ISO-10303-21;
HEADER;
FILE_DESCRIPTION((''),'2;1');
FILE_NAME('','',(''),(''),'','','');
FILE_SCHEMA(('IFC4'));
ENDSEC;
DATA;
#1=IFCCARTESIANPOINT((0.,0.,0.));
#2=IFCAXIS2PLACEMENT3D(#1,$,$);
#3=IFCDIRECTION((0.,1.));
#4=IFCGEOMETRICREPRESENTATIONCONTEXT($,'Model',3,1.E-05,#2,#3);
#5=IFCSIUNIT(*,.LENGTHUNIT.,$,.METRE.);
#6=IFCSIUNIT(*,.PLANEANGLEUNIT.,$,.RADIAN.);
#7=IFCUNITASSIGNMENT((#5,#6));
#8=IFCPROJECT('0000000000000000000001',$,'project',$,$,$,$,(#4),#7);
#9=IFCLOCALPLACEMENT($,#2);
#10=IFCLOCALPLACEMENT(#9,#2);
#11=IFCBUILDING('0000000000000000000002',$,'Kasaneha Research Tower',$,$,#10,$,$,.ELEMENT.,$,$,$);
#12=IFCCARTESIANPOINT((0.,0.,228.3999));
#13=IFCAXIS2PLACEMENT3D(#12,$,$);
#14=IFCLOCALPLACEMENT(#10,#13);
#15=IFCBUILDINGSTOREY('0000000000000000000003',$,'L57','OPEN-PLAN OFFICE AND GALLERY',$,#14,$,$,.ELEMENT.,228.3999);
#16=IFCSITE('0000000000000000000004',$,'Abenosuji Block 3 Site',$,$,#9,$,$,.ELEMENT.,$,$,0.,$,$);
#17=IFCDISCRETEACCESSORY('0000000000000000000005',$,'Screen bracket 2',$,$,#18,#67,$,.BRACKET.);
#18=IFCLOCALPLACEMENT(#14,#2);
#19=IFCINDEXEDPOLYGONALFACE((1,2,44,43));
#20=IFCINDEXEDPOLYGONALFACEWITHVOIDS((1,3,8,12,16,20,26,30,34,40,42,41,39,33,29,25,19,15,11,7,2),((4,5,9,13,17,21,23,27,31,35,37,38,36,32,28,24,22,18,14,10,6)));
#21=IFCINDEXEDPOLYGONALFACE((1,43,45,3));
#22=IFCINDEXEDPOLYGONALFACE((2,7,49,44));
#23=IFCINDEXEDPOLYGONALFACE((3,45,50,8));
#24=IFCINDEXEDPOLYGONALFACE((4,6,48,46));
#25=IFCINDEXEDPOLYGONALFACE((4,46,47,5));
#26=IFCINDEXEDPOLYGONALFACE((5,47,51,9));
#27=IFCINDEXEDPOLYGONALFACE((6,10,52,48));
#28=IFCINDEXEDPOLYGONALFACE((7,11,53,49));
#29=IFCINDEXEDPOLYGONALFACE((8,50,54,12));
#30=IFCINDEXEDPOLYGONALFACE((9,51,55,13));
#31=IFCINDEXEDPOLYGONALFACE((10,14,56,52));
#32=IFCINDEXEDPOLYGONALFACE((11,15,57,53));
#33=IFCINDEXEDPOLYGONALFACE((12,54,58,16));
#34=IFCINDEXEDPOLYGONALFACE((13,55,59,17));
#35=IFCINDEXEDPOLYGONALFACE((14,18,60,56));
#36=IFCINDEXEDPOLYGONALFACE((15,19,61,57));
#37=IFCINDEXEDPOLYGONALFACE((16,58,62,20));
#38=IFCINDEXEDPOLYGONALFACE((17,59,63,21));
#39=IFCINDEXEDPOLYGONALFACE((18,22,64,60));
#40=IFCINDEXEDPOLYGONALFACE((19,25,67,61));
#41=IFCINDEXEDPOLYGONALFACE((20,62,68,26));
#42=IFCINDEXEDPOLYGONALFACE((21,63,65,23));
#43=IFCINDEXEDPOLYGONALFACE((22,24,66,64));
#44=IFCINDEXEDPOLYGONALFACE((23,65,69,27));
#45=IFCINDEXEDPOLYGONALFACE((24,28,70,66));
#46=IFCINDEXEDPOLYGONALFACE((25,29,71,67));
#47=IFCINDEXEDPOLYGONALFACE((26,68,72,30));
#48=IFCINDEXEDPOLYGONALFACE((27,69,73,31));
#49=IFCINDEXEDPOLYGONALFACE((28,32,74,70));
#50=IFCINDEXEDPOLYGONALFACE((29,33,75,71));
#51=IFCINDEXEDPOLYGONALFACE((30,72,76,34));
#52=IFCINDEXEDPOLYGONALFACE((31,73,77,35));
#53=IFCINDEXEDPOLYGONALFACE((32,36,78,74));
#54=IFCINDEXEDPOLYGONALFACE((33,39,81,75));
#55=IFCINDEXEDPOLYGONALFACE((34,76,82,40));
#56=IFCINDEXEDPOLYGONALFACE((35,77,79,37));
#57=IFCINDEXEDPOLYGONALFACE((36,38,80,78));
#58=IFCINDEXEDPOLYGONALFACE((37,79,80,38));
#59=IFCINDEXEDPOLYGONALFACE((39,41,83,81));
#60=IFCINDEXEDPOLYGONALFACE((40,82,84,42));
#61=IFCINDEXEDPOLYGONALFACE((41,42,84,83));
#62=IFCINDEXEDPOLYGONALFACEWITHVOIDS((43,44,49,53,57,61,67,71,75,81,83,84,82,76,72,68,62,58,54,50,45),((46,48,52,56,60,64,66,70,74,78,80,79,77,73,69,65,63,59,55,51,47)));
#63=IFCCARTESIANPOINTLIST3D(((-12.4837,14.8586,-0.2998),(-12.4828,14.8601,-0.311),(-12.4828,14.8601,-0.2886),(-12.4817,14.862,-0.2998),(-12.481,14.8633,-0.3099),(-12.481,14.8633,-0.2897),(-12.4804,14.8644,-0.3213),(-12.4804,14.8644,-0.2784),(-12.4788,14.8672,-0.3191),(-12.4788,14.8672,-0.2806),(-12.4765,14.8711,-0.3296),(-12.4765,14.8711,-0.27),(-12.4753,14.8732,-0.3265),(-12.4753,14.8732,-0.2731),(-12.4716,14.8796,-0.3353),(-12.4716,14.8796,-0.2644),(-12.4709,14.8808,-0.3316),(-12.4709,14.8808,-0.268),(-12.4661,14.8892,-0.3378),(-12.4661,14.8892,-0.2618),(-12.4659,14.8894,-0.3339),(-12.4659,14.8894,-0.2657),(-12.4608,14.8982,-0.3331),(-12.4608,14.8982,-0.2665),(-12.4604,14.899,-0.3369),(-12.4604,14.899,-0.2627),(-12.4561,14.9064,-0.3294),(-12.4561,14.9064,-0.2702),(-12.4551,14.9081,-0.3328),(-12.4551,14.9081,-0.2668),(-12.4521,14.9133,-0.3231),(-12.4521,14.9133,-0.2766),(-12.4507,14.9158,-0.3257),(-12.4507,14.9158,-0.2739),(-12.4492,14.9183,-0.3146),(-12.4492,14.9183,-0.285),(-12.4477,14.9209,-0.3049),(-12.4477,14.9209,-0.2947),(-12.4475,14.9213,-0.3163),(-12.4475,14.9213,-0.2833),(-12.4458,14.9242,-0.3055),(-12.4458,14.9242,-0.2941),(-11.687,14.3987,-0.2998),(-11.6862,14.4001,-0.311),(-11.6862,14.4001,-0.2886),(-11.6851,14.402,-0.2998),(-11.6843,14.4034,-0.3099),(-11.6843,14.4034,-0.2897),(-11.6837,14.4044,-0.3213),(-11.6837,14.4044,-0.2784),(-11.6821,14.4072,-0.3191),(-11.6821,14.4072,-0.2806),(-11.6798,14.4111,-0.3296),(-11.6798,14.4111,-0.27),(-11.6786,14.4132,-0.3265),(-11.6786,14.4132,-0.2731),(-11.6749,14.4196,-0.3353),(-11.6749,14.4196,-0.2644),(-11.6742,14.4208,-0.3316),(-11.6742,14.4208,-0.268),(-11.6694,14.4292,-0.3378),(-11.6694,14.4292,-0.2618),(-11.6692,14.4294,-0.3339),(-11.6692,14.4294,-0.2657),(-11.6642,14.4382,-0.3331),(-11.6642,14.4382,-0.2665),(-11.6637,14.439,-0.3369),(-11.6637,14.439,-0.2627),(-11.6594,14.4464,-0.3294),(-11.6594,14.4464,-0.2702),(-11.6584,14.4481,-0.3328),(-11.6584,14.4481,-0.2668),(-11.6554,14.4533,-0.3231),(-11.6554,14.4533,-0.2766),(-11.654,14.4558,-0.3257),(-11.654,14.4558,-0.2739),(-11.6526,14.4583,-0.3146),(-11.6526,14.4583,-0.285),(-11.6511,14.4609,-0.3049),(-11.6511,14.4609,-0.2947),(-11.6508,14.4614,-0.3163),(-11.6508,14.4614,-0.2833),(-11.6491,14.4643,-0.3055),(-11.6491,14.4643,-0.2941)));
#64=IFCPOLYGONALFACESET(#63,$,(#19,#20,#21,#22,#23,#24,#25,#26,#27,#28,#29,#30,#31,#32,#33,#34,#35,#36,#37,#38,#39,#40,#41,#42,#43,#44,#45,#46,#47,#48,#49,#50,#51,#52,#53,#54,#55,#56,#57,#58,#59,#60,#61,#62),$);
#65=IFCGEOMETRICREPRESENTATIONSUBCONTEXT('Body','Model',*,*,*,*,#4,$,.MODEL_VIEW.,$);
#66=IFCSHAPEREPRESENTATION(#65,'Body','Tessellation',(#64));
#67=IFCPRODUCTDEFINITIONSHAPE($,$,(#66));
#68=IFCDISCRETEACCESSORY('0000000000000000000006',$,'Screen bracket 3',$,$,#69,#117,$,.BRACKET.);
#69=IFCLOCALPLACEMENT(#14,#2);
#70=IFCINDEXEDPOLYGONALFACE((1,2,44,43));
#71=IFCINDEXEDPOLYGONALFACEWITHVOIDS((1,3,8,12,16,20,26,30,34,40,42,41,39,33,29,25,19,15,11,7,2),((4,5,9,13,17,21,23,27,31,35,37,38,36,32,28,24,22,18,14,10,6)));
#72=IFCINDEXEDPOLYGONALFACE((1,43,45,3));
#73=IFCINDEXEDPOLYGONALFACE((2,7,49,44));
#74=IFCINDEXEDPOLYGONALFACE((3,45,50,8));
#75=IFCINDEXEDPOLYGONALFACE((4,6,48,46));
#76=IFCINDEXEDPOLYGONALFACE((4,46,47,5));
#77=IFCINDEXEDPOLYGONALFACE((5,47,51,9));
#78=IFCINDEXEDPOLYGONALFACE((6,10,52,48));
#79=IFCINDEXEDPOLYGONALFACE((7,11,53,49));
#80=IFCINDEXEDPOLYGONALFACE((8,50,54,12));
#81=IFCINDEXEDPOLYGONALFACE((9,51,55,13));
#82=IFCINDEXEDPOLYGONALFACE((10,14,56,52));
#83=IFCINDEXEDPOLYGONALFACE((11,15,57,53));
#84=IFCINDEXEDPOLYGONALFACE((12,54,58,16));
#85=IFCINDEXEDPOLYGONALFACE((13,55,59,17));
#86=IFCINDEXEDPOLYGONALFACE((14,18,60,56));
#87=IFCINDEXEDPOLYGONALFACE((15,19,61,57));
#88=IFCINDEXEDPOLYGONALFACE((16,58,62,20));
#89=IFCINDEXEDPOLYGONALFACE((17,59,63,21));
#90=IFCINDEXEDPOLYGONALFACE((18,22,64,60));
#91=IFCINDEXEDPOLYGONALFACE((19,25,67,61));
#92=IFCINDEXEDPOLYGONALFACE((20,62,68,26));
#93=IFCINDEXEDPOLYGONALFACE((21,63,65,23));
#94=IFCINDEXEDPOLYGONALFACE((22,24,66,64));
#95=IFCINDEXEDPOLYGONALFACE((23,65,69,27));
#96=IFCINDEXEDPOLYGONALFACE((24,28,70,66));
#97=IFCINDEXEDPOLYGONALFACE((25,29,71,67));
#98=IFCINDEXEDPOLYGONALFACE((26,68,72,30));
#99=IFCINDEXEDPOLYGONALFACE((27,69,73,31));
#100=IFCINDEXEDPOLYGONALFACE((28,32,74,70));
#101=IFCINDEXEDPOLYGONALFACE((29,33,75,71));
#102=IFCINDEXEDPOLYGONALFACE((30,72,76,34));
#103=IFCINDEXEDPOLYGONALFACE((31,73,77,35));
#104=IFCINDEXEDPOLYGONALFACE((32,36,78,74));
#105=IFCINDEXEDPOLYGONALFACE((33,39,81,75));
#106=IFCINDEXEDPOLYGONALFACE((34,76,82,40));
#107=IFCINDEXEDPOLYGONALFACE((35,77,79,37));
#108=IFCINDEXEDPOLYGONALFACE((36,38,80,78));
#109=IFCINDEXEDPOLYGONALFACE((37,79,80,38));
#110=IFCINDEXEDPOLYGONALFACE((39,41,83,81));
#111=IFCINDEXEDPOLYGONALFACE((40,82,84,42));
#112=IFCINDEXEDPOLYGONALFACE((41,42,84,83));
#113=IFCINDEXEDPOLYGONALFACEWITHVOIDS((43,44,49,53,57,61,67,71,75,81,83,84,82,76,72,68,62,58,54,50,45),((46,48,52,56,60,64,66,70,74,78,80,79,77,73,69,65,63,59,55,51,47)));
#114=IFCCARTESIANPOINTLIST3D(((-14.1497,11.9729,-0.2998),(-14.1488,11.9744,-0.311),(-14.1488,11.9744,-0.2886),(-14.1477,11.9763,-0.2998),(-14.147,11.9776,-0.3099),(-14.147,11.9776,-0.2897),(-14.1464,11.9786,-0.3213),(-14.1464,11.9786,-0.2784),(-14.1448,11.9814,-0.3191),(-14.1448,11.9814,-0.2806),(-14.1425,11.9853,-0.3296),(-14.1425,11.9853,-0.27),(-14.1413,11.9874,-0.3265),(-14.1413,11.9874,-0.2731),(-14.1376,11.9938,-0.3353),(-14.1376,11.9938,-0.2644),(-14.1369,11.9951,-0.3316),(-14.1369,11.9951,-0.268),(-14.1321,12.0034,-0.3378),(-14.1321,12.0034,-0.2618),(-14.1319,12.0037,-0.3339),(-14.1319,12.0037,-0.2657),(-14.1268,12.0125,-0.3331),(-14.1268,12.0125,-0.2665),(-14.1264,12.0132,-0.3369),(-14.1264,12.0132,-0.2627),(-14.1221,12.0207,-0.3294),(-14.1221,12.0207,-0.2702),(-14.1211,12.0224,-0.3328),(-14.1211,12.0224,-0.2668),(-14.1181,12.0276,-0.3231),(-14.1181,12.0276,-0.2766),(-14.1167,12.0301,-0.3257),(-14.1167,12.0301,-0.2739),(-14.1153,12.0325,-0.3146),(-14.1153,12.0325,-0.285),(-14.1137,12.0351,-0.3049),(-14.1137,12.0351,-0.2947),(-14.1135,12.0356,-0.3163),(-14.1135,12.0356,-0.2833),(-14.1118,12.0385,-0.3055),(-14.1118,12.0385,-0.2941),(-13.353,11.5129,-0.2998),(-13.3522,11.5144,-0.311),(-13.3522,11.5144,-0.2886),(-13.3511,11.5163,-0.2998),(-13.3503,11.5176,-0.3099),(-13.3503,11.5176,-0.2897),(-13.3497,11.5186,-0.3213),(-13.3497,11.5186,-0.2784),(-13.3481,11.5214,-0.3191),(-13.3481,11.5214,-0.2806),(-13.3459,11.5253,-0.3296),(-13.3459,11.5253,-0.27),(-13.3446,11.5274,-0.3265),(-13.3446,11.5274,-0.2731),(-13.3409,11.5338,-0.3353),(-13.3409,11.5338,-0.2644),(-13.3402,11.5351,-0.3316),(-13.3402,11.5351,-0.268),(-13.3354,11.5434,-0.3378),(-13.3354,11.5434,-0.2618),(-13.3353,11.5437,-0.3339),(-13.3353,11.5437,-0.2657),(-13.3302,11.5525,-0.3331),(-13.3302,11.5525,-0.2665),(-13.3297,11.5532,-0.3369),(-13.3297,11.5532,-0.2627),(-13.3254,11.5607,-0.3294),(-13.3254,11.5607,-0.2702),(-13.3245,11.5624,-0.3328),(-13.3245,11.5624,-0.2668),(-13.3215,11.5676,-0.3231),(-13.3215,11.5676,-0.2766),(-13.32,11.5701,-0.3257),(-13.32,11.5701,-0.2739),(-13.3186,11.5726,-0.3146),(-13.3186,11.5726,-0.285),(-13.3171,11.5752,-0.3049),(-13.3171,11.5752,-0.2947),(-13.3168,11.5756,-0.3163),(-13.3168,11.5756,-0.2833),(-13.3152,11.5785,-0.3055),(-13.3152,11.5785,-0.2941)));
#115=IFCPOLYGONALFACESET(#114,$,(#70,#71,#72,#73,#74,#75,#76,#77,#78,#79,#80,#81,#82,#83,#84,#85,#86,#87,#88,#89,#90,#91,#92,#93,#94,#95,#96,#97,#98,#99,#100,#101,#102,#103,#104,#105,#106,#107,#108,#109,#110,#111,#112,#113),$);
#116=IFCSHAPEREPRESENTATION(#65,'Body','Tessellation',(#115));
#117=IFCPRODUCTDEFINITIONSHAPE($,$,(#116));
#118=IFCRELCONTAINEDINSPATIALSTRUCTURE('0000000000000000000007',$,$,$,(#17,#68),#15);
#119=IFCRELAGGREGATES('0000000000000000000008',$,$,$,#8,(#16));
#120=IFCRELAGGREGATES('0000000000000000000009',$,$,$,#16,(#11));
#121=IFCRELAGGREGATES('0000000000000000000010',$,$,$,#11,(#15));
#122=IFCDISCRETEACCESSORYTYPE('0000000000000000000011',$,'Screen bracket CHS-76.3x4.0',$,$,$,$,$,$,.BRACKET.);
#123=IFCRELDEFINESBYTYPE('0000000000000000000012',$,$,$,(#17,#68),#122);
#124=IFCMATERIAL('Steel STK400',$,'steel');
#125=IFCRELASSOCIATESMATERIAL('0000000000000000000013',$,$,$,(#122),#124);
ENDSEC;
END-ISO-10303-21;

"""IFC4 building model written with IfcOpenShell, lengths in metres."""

from ifc_helpers import new_model, si_unit, direction, frame, origin, origin_2d, place, context, subcontext, project, spatial, hollow_circle, extrude, material, material_profile, profile_set, type_object, element, save


model = new_model("IFC4")

# Units and contexts
model_context = context("Model", 3, precision=1e-05, world=origin(), true_north=direction((0.0, 1.0)))
body_context = subcontext(model_context, "Body", "Model", "MODEL_VIEW")
ifc_project = project(units=[si_unit("LENGTHUNIT", "METRE"), si_unit("PLANEANGLEUNIT", "RADIAN")], contexts=[model_context])

# Site, building, storey
site_placement = place(None, origin())
site = spatial("IfcSite", under=ifc_project, at=site_placement, Name="Abenosuji Block 3 Site", CompositionType="ELEMENT", RefElevation=0.0)
building_placement = place(site_placement, origin())
building = spatial("IfcBuilding", under=site, at=building_placement, Name="Kasaneha Research Tower", CompositionType="ELEMENT")
storey_placement = place(building_placement, frame((0.0, 0.0, 228.3999)))
storey = spatial("IfcBuildingStorey", under=building, at=storey_placement, Name="L57", Description="OPEN-PLAN OFFICE AND GALLERY", CompositionType="ELEMENT", Elevation=228.3999)

# Discrete accessories
ifc_material_1 = material(Name="Steel STK400", Category="steel")
ifc_material_profile_1 = material_profile(ifc_material_1, hollow_circle(Radius=0.0381, WallThickness=0.0039, at=origin_2d()), Name="CHS-76.3x4.0")
ifc_profile_set_1 = profile_set([ifc_material_profile_1], Name="Steel STK400")
discrete_accessory_type = type_object("IfcDiscreteAccessoryType", Name="Screen bracket CHS-76.3x4.0", PredefinedType="BRACKET", material=ifc_profile_set_1)
for number, where, z_axis, x_axis, name in (
    (1, (-11.668, 14.4316, -0.2998), (-0.866013, 0.500021, 0.0), (-0.500021, -0.866013, 0.0), "Screen bracket 2"),
    (2, (-13.334, 11.5459, -0.2998), (-0.866013, 0.500021, 0.0), (-0.500021, -0.866013, 0.0), "Screen bracket 3"),
):
    element("IfcDiscreteAccessory", number, at=place(storey_placement, frame(where, z_axis=z_axis, x_axis=x_axis)), inside=storey, type_object=discrete_accessory_type, Name=name, PredefinedType="BRACKET", context=body_context, shape_type="SweptSolid", body=[
        extrude(hollow_circle(Radius=0.0381, WallThickness=0.0039, at=origin_2d()), origin(), (0.0, 0.0, 1.0), 0.9199),
    ])

save(model, "model.ifc")
